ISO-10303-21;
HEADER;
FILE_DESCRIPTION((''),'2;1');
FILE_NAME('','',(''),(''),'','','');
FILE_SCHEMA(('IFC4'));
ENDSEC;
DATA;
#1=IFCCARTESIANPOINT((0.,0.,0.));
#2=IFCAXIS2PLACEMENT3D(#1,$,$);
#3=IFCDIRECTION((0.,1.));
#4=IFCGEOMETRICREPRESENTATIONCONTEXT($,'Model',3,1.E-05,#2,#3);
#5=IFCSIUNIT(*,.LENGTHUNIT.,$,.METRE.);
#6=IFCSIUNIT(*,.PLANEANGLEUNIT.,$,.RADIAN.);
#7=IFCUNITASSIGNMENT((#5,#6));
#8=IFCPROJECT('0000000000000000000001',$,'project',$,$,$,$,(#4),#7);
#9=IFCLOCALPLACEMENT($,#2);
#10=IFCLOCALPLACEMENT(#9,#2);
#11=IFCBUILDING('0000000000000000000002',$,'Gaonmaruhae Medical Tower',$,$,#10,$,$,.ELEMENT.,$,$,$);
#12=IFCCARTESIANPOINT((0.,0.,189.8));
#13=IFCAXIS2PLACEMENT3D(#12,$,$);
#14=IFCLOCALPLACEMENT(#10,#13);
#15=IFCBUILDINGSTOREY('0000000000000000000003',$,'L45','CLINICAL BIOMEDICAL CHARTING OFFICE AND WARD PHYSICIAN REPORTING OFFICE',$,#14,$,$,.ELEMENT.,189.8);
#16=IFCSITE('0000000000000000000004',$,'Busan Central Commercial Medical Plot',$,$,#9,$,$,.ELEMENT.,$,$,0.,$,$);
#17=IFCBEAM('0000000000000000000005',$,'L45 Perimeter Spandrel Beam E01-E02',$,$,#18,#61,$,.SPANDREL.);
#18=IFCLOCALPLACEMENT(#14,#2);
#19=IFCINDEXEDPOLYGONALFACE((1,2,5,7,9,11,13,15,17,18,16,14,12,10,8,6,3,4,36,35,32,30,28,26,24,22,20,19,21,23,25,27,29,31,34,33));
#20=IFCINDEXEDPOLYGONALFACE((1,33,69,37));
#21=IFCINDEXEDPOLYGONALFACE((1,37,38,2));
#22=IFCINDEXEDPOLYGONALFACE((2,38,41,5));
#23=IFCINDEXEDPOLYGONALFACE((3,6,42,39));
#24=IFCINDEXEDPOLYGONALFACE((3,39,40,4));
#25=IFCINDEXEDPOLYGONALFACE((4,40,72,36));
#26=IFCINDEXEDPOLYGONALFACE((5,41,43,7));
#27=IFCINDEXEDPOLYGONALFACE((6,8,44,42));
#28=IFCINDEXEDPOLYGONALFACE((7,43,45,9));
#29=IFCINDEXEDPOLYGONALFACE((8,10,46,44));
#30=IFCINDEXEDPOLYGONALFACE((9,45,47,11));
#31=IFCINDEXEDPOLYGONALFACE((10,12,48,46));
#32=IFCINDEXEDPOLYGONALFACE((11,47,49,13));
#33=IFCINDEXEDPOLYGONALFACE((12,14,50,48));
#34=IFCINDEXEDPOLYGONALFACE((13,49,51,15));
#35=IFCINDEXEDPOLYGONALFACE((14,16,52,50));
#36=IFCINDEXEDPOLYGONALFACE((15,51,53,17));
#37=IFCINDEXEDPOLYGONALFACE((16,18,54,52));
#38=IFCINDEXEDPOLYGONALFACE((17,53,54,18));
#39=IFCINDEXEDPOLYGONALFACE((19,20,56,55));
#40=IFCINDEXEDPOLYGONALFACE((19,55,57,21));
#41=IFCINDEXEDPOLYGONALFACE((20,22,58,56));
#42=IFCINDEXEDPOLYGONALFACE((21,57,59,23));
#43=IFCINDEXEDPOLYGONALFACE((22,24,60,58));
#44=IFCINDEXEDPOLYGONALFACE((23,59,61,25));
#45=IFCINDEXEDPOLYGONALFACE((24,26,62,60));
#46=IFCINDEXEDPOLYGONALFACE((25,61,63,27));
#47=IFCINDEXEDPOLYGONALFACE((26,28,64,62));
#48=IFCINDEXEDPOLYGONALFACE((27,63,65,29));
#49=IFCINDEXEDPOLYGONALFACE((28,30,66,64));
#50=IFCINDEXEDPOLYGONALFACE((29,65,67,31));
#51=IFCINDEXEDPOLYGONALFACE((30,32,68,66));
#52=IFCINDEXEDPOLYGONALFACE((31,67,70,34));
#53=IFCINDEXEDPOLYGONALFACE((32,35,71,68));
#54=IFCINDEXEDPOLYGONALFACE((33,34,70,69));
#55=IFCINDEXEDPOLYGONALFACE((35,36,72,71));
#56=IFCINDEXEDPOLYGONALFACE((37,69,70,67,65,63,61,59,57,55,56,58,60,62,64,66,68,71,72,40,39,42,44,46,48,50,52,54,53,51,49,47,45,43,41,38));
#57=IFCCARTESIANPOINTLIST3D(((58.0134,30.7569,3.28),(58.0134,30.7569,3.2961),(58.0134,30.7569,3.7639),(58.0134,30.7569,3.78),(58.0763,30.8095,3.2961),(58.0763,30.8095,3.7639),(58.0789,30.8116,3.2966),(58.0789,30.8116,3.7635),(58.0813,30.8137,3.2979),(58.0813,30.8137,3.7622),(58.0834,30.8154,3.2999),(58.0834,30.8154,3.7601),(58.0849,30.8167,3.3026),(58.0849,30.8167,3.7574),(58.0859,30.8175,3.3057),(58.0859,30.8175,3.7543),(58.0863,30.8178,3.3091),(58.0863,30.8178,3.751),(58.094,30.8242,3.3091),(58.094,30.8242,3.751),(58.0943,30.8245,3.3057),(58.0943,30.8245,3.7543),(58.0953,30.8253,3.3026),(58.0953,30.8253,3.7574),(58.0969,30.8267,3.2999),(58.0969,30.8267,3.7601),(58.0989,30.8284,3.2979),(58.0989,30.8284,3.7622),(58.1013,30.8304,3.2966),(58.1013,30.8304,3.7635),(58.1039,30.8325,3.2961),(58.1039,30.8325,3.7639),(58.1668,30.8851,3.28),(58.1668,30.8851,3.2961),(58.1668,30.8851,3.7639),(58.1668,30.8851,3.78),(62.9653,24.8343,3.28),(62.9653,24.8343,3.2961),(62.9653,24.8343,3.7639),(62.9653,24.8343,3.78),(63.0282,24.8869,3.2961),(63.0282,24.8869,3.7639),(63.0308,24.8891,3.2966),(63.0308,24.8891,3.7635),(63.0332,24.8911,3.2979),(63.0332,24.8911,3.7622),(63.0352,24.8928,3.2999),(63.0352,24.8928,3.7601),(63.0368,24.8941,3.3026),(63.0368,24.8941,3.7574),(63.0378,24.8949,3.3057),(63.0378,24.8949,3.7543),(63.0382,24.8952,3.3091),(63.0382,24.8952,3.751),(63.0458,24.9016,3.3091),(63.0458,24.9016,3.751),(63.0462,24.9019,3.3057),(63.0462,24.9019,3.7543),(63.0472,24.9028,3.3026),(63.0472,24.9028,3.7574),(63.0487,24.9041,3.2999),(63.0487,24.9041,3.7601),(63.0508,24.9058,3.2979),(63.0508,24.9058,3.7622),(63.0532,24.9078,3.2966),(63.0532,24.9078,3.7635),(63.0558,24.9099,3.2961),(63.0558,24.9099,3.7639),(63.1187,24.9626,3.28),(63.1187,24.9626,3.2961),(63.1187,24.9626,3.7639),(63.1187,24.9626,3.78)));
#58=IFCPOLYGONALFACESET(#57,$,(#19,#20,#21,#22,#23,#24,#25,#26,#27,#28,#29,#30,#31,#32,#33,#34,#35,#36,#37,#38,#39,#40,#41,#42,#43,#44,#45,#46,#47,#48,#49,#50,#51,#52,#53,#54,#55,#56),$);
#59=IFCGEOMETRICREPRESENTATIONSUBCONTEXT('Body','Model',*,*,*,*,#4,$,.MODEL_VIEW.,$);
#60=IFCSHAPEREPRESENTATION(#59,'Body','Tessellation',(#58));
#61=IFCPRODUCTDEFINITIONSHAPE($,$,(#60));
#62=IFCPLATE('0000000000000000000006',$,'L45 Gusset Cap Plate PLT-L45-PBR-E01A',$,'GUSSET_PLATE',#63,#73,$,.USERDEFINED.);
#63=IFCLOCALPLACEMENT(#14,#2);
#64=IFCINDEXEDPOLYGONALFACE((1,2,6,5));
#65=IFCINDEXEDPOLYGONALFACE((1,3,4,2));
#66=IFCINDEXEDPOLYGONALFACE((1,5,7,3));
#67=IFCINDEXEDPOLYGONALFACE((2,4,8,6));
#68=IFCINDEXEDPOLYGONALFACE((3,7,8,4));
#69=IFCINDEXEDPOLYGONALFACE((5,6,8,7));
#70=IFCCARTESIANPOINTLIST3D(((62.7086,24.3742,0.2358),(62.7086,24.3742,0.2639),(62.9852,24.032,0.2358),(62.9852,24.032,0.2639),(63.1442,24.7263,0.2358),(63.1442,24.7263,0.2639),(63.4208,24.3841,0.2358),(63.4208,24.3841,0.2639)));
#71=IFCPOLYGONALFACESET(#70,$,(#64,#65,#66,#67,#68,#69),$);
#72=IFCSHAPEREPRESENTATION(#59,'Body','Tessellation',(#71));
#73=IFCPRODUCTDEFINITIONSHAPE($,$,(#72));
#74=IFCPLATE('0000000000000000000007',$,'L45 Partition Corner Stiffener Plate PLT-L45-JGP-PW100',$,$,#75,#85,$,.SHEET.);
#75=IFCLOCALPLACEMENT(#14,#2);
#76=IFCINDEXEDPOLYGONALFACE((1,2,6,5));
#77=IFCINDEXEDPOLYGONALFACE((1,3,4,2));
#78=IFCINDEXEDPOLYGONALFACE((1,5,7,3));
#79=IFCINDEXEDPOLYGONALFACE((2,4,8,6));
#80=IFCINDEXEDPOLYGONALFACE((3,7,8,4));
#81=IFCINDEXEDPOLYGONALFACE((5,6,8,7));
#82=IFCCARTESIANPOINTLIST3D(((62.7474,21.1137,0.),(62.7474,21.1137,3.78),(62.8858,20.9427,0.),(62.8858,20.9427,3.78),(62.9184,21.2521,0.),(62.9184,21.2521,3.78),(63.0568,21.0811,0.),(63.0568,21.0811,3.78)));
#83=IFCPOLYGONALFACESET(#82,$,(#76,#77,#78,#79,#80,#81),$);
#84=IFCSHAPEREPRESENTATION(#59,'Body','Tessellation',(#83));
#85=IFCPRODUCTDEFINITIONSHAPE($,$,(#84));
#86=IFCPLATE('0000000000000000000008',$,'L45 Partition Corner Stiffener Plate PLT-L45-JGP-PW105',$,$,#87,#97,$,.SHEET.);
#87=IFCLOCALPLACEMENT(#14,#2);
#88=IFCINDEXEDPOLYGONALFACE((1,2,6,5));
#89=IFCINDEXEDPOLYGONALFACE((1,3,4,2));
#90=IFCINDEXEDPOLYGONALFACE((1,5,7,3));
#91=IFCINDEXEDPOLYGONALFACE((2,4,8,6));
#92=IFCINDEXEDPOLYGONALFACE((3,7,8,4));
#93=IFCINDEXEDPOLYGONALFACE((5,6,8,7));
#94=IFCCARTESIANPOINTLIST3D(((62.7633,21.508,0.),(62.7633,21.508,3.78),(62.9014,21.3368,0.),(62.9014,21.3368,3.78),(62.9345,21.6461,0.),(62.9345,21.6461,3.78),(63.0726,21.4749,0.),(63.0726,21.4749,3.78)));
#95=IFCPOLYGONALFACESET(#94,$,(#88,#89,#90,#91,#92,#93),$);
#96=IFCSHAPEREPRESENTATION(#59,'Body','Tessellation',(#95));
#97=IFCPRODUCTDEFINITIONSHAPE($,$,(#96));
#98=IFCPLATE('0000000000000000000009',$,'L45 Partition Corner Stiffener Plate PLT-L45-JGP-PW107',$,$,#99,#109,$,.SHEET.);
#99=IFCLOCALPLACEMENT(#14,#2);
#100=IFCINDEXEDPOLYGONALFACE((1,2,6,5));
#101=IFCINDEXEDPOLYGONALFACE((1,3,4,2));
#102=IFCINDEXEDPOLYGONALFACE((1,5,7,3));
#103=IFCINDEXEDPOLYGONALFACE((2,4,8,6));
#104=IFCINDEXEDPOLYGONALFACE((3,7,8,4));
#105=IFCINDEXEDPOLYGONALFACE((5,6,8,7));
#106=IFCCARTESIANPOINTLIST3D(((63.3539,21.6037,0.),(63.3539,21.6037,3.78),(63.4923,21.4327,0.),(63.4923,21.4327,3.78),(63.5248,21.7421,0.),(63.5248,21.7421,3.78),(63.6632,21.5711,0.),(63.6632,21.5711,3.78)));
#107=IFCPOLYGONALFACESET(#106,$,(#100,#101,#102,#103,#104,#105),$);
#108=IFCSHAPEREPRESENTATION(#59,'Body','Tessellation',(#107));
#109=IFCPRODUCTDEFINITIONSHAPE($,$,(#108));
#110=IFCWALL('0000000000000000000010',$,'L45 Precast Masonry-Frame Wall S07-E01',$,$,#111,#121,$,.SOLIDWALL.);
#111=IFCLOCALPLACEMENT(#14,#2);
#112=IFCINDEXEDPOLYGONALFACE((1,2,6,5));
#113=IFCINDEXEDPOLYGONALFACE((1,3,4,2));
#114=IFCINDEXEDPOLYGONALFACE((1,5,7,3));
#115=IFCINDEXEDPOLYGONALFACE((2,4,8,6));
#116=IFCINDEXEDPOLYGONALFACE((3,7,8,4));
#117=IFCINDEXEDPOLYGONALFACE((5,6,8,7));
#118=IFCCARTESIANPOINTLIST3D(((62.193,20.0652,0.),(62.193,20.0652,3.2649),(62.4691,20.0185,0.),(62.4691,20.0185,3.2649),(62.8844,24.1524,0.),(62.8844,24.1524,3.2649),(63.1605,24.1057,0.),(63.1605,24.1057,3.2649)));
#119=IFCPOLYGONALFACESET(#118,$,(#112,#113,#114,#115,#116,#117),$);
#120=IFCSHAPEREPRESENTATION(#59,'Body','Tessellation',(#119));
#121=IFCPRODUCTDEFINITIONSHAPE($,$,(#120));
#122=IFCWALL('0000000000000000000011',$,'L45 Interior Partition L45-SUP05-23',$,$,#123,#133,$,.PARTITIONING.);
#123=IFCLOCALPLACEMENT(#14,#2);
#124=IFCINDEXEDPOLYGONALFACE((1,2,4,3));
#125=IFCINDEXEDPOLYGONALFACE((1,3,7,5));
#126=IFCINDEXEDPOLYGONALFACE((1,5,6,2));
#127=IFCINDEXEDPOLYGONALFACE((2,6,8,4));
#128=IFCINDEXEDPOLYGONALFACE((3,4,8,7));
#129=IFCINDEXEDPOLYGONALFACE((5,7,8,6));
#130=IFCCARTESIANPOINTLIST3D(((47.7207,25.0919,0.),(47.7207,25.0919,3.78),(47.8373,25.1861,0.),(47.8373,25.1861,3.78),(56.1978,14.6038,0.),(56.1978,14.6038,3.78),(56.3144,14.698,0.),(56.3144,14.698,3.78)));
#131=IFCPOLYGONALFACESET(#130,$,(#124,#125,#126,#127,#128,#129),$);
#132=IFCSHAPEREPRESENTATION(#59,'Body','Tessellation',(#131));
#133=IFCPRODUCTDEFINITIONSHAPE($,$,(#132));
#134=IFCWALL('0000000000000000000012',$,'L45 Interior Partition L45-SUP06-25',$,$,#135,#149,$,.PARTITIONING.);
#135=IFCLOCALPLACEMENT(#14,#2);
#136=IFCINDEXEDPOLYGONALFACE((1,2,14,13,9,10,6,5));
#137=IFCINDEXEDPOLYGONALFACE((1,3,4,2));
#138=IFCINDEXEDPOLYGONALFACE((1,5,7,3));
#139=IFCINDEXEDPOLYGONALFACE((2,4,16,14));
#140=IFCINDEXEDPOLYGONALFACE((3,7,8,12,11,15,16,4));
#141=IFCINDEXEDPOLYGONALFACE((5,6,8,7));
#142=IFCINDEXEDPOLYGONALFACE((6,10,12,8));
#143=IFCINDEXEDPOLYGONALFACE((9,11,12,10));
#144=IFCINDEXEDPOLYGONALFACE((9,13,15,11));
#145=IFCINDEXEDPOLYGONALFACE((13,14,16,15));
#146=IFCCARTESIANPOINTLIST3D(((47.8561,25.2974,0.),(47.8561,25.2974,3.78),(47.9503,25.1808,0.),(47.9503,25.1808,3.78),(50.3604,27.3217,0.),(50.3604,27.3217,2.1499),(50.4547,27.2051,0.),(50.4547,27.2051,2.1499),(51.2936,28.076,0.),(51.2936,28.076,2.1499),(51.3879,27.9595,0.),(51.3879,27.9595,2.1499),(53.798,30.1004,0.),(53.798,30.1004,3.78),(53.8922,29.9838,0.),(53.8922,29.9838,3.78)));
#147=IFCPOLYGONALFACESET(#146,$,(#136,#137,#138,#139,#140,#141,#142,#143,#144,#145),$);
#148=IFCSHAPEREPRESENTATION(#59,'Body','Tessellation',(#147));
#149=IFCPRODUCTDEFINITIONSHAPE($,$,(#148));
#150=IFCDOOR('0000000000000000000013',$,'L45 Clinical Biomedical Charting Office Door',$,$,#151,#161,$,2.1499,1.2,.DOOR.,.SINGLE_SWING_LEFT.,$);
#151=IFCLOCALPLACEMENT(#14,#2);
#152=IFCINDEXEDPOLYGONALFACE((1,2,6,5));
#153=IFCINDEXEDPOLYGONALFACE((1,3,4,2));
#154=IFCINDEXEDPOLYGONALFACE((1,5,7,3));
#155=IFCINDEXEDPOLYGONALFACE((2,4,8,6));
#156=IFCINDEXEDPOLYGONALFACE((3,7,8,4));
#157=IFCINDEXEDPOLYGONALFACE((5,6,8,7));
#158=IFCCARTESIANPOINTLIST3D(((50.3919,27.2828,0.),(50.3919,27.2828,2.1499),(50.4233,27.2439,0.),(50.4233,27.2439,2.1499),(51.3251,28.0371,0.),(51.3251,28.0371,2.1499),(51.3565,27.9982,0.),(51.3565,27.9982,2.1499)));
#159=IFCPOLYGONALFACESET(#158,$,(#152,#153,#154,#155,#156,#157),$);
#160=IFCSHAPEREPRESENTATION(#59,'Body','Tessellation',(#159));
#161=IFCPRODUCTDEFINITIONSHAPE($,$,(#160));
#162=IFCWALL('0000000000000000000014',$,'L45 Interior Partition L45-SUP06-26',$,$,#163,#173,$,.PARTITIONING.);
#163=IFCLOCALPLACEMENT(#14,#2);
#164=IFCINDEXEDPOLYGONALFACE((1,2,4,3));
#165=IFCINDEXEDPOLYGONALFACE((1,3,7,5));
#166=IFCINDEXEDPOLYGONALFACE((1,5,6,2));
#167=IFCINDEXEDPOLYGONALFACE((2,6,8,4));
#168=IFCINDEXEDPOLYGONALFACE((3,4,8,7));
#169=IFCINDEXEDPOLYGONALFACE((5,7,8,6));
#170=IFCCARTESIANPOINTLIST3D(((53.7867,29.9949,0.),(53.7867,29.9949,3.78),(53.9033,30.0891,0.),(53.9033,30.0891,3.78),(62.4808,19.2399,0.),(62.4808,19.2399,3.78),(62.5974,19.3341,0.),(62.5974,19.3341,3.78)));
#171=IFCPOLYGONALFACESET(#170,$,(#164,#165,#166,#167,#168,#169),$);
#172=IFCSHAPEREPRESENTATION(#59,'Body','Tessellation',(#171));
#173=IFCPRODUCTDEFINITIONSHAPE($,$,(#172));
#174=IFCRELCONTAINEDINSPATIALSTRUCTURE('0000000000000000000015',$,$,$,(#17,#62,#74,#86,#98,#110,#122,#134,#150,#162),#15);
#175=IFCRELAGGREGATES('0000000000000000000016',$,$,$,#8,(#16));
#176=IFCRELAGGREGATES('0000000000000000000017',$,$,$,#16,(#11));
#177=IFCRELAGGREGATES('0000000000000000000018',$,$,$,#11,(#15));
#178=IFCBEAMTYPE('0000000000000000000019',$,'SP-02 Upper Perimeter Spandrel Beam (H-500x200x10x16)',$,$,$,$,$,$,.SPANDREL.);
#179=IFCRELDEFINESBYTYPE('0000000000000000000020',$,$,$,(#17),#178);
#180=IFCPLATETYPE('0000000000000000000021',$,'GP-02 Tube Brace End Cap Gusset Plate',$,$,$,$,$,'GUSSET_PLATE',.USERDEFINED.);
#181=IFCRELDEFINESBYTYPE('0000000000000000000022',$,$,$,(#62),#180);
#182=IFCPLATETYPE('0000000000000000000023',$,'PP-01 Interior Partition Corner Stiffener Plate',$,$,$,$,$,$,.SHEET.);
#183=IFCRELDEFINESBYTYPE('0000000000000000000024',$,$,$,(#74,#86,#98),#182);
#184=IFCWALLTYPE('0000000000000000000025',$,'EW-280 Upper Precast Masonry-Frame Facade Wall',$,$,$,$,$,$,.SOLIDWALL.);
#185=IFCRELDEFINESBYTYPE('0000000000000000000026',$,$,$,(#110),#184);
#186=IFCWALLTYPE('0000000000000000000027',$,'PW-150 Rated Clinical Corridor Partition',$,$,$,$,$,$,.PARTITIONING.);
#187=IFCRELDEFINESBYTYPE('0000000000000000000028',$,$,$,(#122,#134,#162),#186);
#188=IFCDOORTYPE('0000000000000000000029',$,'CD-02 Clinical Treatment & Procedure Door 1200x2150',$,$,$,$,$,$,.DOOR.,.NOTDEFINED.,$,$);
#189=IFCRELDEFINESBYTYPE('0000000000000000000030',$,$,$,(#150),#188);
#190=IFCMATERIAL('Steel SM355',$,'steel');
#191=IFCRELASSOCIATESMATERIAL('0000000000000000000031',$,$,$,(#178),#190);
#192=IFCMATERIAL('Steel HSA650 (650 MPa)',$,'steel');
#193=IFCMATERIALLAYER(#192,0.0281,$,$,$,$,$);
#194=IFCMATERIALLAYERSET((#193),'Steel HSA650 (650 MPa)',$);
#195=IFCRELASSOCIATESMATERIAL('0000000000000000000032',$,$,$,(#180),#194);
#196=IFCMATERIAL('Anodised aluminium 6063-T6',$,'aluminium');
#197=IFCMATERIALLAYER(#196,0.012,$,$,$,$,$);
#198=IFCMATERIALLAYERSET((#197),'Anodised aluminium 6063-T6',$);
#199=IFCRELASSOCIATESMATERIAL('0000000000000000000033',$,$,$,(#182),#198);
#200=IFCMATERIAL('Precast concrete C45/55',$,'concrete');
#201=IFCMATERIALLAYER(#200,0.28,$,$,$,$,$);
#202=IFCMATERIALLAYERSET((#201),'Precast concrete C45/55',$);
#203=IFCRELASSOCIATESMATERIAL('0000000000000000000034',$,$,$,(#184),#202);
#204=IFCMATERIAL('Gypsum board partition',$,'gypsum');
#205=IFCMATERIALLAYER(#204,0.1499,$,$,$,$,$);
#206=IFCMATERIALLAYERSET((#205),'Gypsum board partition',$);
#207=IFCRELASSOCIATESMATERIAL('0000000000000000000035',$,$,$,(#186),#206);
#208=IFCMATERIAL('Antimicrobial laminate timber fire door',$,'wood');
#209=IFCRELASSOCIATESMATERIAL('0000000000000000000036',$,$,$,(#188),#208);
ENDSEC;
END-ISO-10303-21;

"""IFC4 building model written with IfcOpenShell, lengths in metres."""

from ifc_helpers import new_model, si_unit, direction, frame, frame_2d, origin, origin_2d, place, context, subcontext, project, spatial, rectangle, i_section, extrude, material, layer, layer_set, material_profile, profile_set, type_object, element, fill, save


model = new_model("IFC4")

# Units and contexts
model_context = context("Model", 3, precision=1e-05, world=origin(), true_north=direction((0.0, 1.0)))
body_context = subcontext(model_context, "Body", "Model", "MODEL_VIEW")
ifc_project = project(units=[si_unit("LENGTHUNIT", "METRE"), si_unit("PLANEANGLEUNIT", "RADIAN")], contexts=[model_context])

# Site, building, storey
site_placement = place(None, origin())
site = spatial("IfcSite", under=ifc_project, at=site_placement, Name="Busan Central Commercial Medical Plot", CompositionType="ELEMENT", RefElevation=0.0)
building_placement = place(site_placement, origin())
building = spatial("IfcBuilding", under=site, at=building_placement, Name="Gaonmaruhae Medical Tower", CompositionType="ELEMENT")
storey_placement = place(building_placement, frame((0.0, 0.0, 189.8)))
storey = spatial("IfcBuildingStorey", under=building, at=storey_placement, Name="L45", Description="CLINICAL BIOMEDICAL CHARTING OFFICE AND WARD PHYSICIAN REPORTING OFFICE", CompositionType="ELEMENT", Elevation=189.8)

# Shared definitions
ifc_material_1 = material(Name="Steel SM355", Category="steel")

# Beam
ifc_material_profile_1 = material_profile(ifc_material_1, i_section(OverallWidth=0.2, OverallDepth=0.5, WebThickness=0.01, FlangeThickness=0.0161, FilletRadius=0.0129, at=origin_2d()), Name="H-500x200x10x16")
ifc_profile_set_1 = profile_set([ifc_material_profile_1], Name="Steel SM355")
beam_type_1 = type_object("IfcBeamType", Name="SP-02 Upper Perimeter Spandrel Beam (H-500x200x10x16)", PredefinedType="SPANDREL", material=ifc_profile_set_1)
beam_1_placement = place(storey_placement, frame((63.042, 24.8984, 3.53), z_axis=(-0.641437, 0.767176, 0.0), x_axis=(-0.767176, -0.641437, 0.0)))
element("IfcBeam", 1, at=beam_1_placement, inside=storey, type_object=beam_type_1, Name="L45 Perimeter Spandrel Beam E01-E02", PredefinedType="SPANDREL", context=body_context, shape_type="SweptSolid", body=[
    extrude(i_section(OverallWidth=0.2, OverallDepth=0.5, WebThickness=0.01, FlangeThickness=0.0161, FilletRadius=0.0129, at=origin_2d()), origin(), (0.0, 0.0, 1.0), 7.72),
])

# Plates
ifc_material_2 = material(Name="Steel HSA650 (650 MPa)", Category="steel")
ifc_layer_1 = layer(ifc_material_2, 0.0281)
ifc_layer_set_1 = layer_set([ifc_layer_1], Name="Steel HSA650 (650 MPa)")
plate_type_1 = type_object("IfcPlateType", Name="GP-02 Tube Brace End Cap Gusset Plate", ElementType="GUSSET_PLATE", PredefinedType="USERDEFINED", material=ifc_layer_set_1)
plate_placement = place(storey_placement, frame((63.0647, 24.3792, 0.2358), z_axis=(0.0, 0.0, 1.0), x_axis=(0.777695, 0.628642, 0.0)))
element("IfcPlate", 2, at=plate_placement, inside=storey, type_object=plate_type_1, Name="L45 Gusset Cap Plate PLT-L45-PBR-E01A", ObjectType="GUSSET_PLATE", PredefinedType="USERDEFINED", context=body_context, shape_type="SweptSolid", body=[
    extrude(rectangle(XDim=0.5601, YDim=0.4399, at=origin_2d()), origin(), (0.0, 0.0, 1.0), 0.0281),
])
ifc_material_3 = material(Name="Anodised aluminium 6063-T6", Category="aluminium")
ifc_layer_2 = layer(ifc_material_3, 0.012)
ifc_layer_set_2 = layer_set([ifc_layer_2], Name="Anodised aluminium 6063-T6")
plate_type_2 = type_object("IfcPlateType", Name="PP-01 Interior Partition Corner Stiffener Plate", PredefinedType="SHEET", material=ifc_layer_set_2)
for number, where, z_axis, x_axis, name in (
    (3, (62.9021, 21.0974, 0.0), (0.0, 0.0, 1.0), (-0.777289, -0.629144, 0.0), "L45 Partition Corner Stiffener Plate PLT-L45-JGP-PW100"),
    (4, (62.918, 21.4915, 0.0), (0.0, 0.0, 1.0), (0.627977, -0.778232, 0.0), "L45 Partition Corner Stiffener Plate PLT-L45-JGP-PW105"),
    (5, (63.5085, 21.5874, 0.0), (0.0, 0.0, 1.0), (-0.777146, -0.62932, 0.0), "L45 Partition Corner Stiffener Plate PLT-L45-JGP-PW107"),
):
    element("IfcPlate", number, at=place(storey_placement, frame(where, z_axis=z_axis, x_axis=x_axis)), inside=storey, type_object=plate_type_2, Name=name, PredefinedType="SHEET", context=body_context, shape_type="SweptSolid", body=[
        extrude(rectangle(XDim=0.22, YDim=0.22, at=origin_2d()), origin(), (0.0, 0.0, 1.0), 3.78),
    ])

# Walls
ifc_material_4 = material(Name="Precast concrete C45/55", Category="concrete")
ifc_layer_3 = layer(ifc_material_4, 0.28)
ifc_layer_set_3 = layer_set([ifc_layer_3], Name="Precast concrete C45/55")
wall_type_1 = type_object("IfcWallType", Name="EW-280 Upper Precast Masonry-Frame Facade Wall", PredefinedType="SOLIDWALL", material=ifc_layer_set_3)
wall_1_placement = place(storey_placement, frame((63.0225, 24.1292, 0.0), z_axis=(0.0, 0.0, 1.0), x_axis=(-0.166796, -0.985991, 0.0)))
element("IfcWall", 6, at=wall_1_placement, inside=storey, type_object=wall_type_1, Name="L45 Precast Masonry-Frame Wall S07-E01", PredefinedType="SOLIDWALL", context=body_context, shape_type="SweptSolid", body=[
    extrude(rectangle(XDim=4.1453, YDim=0.28, at=frame_2d((2.0728, 0.0))), origin(), (0.0, 0.0, 1.0), 3.2649),
])
ifc_material_5 = material(Name="Gypsum board partition", Category="gypsum")
ifc_layer_4 = layer(ifc_material_5, 0.1499)
ifc_layer_set_4 = layer_set([ifc_layer_4], Name="Gypsum board partition")
wall_type_2 = type_object("IfcWallType", Name="PW-150 Rated Clinical Corridor Partition", PredefinedType="PARTITIONING", material=ifc_layer_set_4)
wall_2_placement = place(storey_placement, frame((47.7791, 25.1389, 0.0), z_axis=(0.0, 0.0, 1.0), x_axis=(0.628604, -0.777726, 0.0)))
element("IfcWall", 7, at=wall_2_placement, inside=storey, type_object=wall_type_2, Name="L45 Interior Partition L45-SUP05-23", PredefinedType="PARTITIONING", context=body_context, shape_type="SweptSolid", body=[
    extrude(rectangle(XDim=13.4856, YDim=0.1499, at=frame_2d((6.7427, 0.0))), origin(), (0.0, 0.0, 1.0), 3.78),
])

# Wall, opening, door
wall_3_placement = place(storey_placement, frame((47.9031, 25.239, 0.0), z_axis=(0.0, 0.0, 1.0), x_axis=(0.777701, 0.628635, 0.0)))
wall_3 = element("IfcWall", 8, at=wall_3_placement, inside=storey, type_object=wall_type_2, Name="L45 Interior Partition L45-SUP06-25", PredefinedType="PARTITIONING", context=body_context, shape_type="SweptSolid", body=[
    extrude(rectangle(XDim=7.6404, YDim=0.1499, at=frame_2d((3.8203, 0.0))), origin(), (0.0, 0.0, 1.0), 3.78),
])
opening_1_placement = place(wall_3_placement, frame((3.2202, 0.0, 0.0)))
opening_1 = element("IfcOpeningElement", 9, at=opening_1_placement, cuts=wall_3, PredefinedType="OPENING", context=body_context, shape_type="SweptSolid", body=[
    extrude(rectangle(XDim=1.2, YDim=2.1499, at=frame_2d((0.6001, 1.075))), frame((0.0, 0.085, 0.0), z_axis=(0.0, -1.0, 0.0), x_axis=(1.0, 0.0, 0.0)), (0.0, 0.0, 1.0), 0.1699),
])
ifc_material_6 = material(Name="Antimicrobial laminate timber fire door", Category="wood")
door_type = type_object("IfcDoorType", Name="CD-02 Clinical Treatment & Procedure Door 1200x2150", OperationType="NOTDEFINED", PredefinedType="DOOR", material=ifc_material_6)
door_1_placement = place(opening_1_placement, origin())
door_1 = element("IfcDoor", 10, at=door_1_placement, inside=storey, type_object=door_type, Name="L45 Clinical Biomedical Charting Office Door", OperationType="SINGLE_SWING_LEFT", OverallHeight=2.1499, OverallWidth=1.2, PredefinedType="DOOR", context=body_context, shape_type="SweptSolid", body=[
    extrude(rectangle(XDim=1.2, YDim=2.1499, at=frame_2d((0.6001, 1.075))), frame((0.0, 0.0249, 0.0), z_axis=(0.0, -1.0, 0.0), x_axis=(1.0, 0.0, 0.0)), (0.0, 0.0, 1.0), 0.05),
])
fill(opening_1, door_1)

# Wall
wall_4_placement = place(storey_placement, frame((53.845, 30.042, 0.0), z_axis=(0.0, 0.0, 1.0), x_axis=(0.628663, -0.777678, 0.0)))
element("IfcWall", 11, at=wall_4_placement, inside=storey, type_object=wall_type_2, Name="L45 Interior Partition L45-SUP06-26", PredefinedType="PARTITIONING", context=body_context, shape_type="SweptSolid", body=[
    extrude(rectangle(XDim=13.8296, YDim=0.1499, at=frame_2d((6.9148, 0.0))), origin(), (0.0, 0.0, 1.0), 3.78),
])

save(model, "model.ifc")
